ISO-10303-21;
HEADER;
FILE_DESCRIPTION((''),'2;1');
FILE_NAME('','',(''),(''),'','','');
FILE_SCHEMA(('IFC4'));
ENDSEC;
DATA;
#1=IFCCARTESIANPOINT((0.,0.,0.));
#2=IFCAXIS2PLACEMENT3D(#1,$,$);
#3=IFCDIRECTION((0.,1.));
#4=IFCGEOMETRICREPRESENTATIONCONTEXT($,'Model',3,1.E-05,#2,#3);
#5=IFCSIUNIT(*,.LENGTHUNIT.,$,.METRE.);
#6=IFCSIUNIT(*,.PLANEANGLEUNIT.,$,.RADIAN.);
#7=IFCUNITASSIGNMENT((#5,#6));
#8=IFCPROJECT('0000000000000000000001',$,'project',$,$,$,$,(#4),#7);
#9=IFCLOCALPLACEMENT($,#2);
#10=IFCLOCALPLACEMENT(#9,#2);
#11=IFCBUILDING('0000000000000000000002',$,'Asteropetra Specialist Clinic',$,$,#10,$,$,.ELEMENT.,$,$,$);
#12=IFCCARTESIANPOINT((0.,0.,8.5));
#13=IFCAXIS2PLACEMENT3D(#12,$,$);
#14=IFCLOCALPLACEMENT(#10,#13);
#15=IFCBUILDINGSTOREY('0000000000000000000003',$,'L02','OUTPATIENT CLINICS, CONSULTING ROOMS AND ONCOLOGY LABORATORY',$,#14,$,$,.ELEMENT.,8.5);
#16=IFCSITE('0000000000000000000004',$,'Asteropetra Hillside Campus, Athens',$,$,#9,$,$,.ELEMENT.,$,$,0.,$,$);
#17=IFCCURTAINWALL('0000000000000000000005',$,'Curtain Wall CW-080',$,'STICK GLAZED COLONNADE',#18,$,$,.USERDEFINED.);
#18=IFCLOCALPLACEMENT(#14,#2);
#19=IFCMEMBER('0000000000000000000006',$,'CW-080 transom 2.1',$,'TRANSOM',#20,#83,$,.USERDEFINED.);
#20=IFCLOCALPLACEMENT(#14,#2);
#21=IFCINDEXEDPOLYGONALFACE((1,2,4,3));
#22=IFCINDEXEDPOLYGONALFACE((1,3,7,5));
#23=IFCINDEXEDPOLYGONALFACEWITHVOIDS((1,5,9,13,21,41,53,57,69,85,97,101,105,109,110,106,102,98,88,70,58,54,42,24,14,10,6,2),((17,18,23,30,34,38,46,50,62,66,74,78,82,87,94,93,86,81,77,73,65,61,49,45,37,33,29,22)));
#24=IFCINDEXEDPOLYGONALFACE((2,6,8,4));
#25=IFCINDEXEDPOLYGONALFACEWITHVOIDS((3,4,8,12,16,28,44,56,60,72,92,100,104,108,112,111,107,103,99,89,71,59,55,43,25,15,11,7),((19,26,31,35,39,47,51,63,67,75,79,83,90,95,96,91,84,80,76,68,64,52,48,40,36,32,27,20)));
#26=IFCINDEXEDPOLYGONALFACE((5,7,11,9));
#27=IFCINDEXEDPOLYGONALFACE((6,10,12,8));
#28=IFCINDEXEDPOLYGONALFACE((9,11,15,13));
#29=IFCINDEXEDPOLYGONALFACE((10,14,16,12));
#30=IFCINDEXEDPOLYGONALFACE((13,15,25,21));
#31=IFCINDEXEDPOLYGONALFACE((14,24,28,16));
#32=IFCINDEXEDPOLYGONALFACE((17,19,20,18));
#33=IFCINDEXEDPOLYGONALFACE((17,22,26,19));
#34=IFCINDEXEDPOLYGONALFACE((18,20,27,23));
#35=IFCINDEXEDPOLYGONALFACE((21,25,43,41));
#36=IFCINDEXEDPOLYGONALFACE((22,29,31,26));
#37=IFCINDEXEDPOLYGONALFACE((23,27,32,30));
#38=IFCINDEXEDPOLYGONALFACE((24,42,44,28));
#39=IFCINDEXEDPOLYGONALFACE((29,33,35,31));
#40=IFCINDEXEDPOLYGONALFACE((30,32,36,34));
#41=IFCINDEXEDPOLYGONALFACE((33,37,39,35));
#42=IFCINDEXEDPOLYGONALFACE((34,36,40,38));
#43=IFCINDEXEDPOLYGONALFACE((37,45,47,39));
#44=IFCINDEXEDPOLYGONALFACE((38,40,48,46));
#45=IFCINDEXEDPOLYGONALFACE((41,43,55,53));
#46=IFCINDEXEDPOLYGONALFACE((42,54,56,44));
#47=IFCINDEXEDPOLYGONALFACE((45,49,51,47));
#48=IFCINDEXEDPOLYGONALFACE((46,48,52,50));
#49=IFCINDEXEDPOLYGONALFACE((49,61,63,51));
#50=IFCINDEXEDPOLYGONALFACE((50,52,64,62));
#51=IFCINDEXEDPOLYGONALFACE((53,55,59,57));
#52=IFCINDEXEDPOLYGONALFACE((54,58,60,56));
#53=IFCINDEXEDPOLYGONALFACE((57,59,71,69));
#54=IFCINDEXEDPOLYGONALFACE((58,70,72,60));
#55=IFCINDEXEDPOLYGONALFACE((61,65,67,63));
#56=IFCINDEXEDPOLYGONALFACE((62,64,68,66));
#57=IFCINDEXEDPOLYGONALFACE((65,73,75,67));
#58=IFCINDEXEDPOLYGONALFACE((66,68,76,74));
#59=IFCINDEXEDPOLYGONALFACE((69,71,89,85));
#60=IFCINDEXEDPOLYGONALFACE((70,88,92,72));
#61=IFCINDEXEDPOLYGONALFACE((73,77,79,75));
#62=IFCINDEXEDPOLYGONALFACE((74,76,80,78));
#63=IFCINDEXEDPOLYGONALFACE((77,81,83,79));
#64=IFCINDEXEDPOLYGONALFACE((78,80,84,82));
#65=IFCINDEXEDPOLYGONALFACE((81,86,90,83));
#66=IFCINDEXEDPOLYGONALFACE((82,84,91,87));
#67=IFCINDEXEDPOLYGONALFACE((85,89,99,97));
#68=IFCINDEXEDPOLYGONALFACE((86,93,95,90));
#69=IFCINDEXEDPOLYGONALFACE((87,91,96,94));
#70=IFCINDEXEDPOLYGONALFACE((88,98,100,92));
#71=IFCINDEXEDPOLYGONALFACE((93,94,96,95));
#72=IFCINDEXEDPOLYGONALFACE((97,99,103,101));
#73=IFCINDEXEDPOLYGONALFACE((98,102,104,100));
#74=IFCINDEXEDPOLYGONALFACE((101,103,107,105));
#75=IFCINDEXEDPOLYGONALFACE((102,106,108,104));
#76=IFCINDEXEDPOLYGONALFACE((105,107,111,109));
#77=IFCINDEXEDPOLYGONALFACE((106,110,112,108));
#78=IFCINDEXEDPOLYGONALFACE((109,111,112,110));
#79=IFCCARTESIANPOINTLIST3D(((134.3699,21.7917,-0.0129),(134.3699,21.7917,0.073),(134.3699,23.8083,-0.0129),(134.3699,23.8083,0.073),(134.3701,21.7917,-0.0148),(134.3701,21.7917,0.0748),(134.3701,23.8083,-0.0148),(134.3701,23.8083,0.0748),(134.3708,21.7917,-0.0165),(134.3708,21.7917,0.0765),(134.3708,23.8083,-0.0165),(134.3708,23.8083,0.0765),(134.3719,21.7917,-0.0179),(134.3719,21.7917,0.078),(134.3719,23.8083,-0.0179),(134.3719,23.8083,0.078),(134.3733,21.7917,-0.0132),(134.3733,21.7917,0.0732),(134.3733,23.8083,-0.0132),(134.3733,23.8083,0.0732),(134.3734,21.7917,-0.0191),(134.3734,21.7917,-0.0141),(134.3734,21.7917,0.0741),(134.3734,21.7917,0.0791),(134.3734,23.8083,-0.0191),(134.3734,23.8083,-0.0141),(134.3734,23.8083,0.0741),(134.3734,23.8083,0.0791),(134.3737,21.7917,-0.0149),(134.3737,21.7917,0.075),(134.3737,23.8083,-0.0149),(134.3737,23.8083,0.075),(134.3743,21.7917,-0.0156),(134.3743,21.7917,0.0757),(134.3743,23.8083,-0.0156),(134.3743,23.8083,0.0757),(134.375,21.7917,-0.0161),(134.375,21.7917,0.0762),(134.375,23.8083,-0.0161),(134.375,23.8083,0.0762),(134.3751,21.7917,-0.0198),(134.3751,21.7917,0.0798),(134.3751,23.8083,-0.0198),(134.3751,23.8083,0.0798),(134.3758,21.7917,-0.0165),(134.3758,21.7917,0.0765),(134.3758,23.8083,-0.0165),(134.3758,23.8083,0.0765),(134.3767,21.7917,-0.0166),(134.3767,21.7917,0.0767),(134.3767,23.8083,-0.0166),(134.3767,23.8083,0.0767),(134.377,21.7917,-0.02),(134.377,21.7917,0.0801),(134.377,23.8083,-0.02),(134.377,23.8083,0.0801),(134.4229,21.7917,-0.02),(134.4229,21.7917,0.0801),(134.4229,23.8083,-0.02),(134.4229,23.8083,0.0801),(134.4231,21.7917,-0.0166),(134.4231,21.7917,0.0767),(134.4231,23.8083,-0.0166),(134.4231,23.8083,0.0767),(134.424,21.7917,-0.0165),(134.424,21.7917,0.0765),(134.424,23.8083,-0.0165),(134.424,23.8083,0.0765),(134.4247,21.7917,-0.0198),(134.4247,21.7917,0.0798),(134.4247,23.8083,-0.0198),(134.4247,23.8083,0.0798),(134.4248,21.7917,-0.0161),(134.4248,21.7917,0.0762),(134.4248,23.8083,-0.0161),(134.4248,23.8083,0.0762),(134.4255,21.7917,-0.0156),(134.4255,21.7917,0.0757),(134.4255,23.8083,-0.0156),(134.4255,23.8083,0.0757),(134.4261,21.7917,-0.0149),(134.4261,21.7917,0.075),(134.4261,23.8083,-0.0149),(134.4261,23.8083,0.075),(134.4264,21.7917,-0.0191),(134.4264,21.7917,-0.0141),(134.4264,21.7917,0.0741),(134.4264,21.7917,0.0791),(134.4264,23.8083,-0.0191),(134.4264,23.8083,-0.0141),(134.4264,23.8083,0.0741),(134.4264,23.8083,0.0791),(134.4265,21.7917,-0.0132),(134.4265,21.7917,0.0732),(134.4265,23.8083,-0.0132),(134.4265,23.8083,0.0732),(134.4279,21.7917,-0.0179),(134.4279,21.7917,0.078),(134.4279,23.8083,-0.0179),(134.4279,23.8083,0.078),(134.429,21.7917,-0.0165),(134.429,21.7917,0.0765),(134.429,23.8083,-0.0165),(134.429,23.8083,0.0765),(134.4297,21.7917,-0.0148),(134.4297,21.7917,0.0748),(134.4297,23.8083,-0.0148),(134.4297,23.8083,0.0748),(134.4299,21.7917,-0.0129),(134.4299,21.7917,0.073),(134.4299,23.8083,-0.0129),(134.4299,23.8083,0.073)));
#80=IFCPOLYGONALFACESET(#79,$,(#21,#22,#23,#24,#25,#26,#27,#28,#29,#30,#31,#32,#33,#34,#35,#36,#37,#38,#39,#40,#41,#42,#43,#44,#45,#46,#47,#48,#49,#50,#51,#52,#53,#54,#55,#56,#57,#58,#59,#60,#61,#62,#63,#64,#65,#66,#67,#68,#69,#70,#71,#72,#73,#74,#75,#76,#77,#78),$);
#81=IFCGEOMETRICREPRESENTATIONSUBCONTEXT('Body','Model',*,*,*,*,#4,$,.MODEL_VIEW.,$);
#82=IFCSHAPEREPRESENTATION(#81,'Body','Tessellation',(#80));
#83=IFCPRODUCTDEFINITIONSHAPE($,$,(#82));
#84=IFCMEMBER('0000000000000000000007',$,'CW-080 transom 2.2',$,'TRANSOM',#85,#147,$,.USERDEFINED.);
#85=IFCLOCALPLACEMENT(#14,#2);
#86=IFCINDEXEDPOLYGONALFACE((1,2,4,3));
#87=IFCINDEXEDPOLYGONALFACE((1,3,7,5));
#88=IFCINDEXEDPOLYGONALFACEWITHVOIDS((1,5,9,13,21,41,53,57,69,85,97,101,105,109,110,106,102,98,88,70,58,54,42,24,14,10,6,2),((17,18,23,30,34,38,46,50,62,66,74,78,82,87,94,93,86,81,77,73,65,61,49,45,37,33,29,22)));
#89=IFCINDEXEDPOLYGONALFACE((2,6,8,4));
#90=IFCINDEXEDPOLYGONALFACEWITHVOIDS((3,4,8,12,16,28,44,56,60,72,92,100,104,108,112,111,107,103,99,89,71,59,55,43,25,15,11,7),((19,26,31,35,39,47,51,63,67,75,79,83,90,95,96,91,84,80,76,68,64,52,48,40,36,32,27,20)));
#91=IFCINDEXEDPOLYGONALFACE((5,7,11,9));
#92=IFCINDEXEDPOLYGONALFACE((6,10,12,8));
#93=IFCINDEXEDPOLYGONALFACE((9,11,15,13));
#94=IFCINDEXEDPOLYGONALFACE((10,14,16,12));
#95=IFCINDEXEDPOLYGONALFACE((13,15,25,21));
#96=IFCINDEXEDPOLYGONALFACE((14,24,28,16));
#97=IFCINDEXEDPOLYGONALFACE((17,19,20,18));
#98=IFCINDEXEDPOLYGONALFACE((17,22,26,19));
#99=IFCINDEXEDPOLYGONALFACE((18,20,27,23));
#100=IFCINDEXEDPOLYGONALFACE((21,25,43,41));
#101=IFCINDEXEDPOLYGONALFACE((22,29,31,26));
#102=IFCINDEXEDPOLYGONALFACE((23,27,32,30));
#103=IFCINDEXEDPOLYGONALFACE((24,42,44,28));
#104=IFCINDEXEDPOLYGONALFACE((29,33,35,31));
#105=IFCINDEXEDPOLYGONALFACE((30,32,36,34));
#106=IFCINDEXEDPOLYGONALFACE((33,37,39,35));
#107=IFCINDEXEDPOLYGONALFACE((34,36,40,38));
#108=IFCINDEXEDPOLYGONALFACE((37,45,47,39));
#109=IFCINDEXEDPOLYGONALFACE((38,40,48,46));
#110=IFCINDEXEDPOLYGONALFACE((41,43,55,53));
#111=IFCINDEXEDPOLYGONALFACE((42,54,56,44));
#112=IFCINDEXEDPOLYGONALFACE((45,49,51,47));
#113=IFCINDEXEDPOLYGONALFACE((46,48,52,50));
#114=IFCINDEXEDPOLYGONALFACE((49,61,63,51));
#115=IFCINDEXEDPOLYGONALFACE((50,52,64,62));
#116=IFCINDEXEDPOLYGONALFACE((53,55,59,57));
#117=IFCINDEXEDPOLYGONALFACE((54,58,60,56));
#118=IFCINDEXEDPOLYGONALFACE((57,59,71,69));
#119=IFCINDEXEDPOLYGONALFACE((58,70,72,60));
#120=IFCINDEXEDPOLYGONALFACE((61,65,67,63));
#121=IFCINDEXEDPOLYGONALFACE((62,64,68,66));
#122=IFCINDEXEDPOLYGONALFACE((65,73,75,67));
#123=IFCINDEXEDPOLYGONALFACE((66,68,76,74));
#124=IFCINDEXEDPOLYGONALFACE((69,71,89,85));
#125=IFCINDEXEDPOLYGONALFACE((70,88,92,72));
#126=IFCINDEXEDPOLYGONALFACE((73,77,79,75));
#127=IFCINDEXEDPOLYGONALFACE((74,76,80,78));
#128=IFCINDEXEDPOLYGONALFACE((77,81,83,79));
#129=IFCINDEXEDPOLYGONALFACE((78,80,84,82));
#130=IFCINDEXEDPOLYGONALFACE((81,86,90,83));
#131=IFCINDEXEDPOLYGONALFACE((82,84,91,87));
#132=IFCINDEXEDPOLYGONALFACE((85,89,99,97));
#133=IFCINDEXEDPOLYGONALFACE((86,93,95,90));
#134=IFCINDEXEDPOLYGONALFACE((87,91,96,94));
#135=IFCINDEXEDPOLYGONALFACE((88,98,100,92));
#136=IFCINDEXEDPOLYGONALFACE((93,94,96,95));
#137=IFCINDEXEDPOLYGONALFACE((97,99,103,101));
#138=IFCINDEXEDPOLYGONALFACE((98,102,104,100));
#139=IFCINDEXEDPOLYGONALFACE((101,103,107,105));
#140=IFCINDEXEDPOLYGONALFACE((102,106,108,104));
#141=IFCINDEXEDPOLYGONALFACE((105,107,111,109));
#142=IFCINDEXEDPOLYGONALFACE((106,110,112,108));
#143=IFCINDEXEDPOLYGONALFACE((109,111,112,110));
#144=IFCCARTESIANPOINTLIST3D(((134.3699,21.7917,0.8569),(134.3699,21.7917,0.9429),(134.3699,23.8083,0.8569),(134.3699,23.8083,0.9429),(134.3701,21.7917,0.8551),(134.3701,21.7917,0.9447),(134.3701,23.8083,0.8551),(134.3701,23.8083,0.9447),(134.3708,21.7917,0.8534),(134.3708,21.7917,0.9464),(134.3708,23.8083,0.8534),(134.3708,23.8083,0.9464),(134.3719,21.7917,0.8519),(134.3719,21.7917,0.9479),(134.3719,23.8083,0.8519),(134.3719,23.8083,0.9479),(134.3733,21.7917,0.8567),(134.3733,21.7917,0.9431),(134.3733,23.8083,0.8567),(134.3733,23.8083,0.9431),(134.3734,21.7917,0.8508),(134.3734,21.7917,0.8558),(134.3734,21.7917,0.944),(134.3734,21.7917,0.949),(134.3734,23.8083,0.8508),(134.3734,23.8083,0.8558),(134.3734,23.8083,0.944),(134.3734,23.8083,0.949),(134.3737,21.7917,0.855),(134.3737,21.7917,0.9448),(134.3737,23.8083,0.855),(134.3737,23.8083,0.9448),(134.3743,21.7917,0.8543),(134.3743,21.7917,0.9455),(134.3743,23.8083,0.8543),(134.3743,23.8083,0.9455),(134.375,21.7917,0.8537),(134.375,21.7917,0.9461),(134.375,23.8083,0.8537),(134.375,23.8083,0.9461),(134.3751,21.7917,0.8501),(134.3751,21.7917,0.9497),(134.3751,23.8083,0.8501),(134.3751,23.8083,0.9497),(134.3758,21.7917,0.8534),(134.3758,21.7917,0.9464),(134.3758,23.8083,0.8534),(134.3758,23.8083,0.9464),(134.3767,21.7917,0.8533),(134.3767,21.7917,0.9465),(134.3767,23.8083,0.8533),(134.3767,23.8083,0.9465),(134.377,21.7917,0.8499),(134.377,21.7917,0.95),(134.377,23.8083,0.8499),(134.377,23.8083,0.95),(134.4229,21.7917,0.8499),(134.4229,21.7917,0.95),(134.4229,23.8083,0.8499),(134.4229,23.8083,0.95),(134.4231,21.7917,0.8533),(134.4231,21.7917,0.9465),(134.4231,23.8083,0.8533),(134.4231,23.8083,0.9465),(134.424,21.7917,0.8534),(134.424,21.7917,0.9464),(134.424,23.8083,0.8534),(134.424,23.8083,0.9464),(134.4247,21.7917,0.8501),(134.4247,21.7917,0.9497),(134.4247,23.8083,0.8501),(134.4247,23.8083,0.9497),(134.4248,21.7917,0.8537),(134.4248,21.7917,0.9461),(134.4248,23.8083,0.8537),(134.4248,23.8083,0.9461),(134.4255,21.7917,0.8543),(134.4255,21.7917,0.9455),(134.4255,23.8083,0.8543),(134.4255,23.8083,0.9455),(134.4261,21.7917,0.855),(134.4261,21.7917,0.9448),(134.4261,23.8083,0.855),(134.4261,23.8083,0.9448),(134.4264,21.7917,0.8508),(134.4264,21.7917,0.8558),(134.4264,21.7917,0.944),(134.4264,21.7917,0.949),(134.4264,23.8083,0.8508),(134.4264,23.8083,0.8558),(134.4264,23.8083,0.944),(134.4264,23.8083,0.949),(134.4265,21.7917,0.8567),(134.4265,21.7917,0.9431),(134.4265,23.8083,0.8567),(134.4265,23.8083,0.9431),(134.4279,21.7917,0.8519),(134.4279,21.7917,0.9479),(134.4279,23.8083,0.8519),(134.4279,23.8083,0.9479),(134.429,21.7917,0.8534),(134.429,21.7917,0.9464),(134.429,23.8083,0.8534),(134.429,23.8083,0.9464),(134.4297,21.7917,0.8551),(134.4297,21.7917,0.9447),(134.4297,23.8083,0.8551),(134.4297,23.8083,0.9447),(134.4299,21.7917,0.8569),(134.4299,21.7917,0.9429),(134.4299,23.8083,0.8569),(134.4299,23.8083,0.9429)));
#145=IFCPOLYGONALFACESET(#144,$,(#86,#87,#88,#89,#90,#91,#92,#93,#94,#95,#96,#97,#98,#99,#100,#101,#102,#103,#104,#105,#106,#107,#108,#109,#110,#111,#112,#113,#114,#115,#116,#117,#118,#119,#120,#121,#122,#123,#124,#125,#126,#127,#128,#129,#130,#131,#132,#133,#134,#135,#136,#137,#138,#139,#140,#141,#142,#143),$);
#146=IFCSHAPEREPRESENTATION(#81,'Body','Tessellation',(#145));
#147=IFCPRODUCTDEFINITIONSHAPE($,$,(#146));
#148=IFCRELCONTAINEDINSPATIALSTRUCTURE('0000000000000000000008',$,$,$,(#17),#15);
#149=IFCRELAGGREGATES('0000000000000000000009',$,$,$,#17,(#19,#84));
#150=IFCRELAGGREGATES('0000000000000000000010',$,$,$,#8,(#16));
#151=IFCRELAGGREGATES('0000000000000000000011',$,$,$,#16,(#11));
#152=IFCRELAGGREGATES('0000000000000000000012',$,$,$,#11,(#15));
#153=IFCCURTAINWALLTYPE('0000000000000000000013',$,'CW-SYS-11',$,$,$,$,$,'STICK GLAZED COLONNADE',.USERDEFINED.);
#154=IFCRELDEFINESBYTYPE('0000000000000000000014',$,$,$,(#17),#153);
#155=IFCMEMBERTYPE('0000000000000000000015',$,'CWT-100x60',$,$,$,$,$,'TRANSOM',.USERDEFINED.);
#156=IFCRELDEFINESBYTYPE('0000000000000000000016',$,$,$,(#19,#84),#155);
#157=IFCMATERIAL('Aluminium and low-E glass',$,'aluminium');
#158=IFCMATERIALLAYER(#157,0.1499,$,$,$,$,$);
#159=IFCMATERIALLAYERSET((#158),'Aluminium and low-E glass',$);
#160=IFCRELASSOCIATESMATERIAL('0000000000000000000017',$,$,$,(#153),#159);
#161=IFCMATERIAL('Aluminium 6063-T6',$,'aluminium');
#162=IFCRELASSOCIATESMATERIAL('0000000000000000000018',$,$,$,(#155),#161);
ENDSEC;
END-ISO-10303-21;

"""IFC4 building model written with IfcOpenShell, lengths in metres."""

from ifc_helpers import new_model, si_unit, direction, frame, origin, origin_2d, place, context, subcontext, project, spatial, hollow_rectangle, extrude, material, layer, layer_set, material_profile, profile_set, type_object, element, aggregate, save


model = new_model("IFC4")

# Units and contexts
model_context = context("Model", 3, precision=1e-05, world=origin(), true_north=direction((0.0, 1.0)))
body_context = subcontext(model_context, "Body", "Model", "MODEL_VIEW")
ifc_project = project(units=[si_unit("LENGTHUNIT", "METRE"), si_unit("PLANEANGLEUNIT", "RADIAN")], contexts=[model_context])

# Site, building, storey
site_placement = place(None, origin())
site = spatial("IfcSite", under=ifc_project, at=site_placement, Name="Asteropetra Hillside Campus, Athens", CompositionType="ELEMENT", RefElevation=0.0)
building_placement = place(site_placement, origin())
building = spatial("IfcBuilding", under=site, at=building_placement, Name="Asteropetra Specialist Clinic", CompositionType="ELEMENT")
storey_placement = place(building_placement, frame((0.0, 0.0, 8.5)))
storey = spatial("IfcBuildingStorey", under=building, at=storey_placement, Name="L02", Description="OUTPATIENT CLINICS, CONSULTING ROOMS AND ONCOLOGY LABORATORY", CompositionType="ELEMENT", Elevation=8.5)

# Curtain wall
ifc_material_1 = material(Name="Aluminium and low-E glass", Category="aluminium")
ifc_layer_1 = layer(ifc_material_1, 0.1499)
ifc_layer_set_1 = layer_set([ifc_layer_1], Name="Aluminium and low-E glass")
curtain_wall_type = type_object("IfcCurtainWallType", Name="CW-SYS-11", ElementType="STICK GLAZED COLONNADE", PredefinedType="USERDEFINED", material=ifc_layer_set_1)
curtain_wall_1_placement = place(storey_placement, origin())
curtain_wall_1 = element("IfcCurtainWall", 1, at=curtain_wall_1_placement, inside=storey, type_object=curtain_wall_type, Name="Curtain Wall CW-080", ObjectType="STICK GLAZED COLONNADE", PredefinedType="USERDEFINED")

# Members
ifc_material_2 = material(Name="Aluminium 6063-T6", Category="aluminium")
ifc_material_profile_1 = material_profile(ifc_material_2, hollow_rectangle(XDim=0.0601, YDim=0.1001, WallThickness=0.0034, InnerFilletRadius=0.0034, OuterFilletRadius=0.0071, at=origin_2d()), Name="TRN 100x60x3.5")
ifc_profile_set_1 = profile_set([ifc_material_profile_1], Name="Aluminium 6063-T6")
member_type_1 = type_object("IfcMemberType", Name="CWT-100x60", ElementType="TRANSOM", PredefinedType="USERDEFINED", material=ifc_profile_set_1)
member_1_placement = place(storey_placement, frame((134.3999, 21.7917, 0.03), z_axis=(0.0, 1.0, 0.0), x_axis=(-1.0, 0.0, 0.0)))
member_1 = element("IfcMember", 2, at=member_1_placement, type_object=member_type_1, Name="CW-080 transom 2.1", ObjectType="TRANSOM", PredefinedType="USERDEFINED", context=body_context, shape_type="SweptSolid", body=[
    extrude(hollow_rectangle(XDim=0.0601, YDim=0.1001, WallThickness=0.0034, InnerFilletRadius=0.0034, OuterFilletRadius=0.0071, at=origin_2d()), origin(), (0.0, 0.0, 1.0), 2.0166),
])
member_2_placement = place(storey_placement, frame((134.3999, 21.7917, 0.8999), z_axis=(0.0, 1.0, 0.0), x_axis=(-1.0, 0.0, 0.0)))
member_2 = element("IfcMember", 3, at=member_2_placement, type_object=member_type_1, Name="CW-080 transom 2.2", ObjectType="TRANSOM", PredefinedType="USERDEFINED", context=body_context, shape_type="SweptSolid", body=[
    extrude(hollow_rectangle(XDim=0.0601, YDim=0.1001, WallThickness=0.0034, InnerFilletRadius=0.0034, OuterFilletRadius=0.0071, at=origin_2d()), origin(), (0.0, 0.0, 1.0), 2.0166),
])

aggregate(curtain_wall_1, [member_1, member_2])

save(model, "model.ifc")
